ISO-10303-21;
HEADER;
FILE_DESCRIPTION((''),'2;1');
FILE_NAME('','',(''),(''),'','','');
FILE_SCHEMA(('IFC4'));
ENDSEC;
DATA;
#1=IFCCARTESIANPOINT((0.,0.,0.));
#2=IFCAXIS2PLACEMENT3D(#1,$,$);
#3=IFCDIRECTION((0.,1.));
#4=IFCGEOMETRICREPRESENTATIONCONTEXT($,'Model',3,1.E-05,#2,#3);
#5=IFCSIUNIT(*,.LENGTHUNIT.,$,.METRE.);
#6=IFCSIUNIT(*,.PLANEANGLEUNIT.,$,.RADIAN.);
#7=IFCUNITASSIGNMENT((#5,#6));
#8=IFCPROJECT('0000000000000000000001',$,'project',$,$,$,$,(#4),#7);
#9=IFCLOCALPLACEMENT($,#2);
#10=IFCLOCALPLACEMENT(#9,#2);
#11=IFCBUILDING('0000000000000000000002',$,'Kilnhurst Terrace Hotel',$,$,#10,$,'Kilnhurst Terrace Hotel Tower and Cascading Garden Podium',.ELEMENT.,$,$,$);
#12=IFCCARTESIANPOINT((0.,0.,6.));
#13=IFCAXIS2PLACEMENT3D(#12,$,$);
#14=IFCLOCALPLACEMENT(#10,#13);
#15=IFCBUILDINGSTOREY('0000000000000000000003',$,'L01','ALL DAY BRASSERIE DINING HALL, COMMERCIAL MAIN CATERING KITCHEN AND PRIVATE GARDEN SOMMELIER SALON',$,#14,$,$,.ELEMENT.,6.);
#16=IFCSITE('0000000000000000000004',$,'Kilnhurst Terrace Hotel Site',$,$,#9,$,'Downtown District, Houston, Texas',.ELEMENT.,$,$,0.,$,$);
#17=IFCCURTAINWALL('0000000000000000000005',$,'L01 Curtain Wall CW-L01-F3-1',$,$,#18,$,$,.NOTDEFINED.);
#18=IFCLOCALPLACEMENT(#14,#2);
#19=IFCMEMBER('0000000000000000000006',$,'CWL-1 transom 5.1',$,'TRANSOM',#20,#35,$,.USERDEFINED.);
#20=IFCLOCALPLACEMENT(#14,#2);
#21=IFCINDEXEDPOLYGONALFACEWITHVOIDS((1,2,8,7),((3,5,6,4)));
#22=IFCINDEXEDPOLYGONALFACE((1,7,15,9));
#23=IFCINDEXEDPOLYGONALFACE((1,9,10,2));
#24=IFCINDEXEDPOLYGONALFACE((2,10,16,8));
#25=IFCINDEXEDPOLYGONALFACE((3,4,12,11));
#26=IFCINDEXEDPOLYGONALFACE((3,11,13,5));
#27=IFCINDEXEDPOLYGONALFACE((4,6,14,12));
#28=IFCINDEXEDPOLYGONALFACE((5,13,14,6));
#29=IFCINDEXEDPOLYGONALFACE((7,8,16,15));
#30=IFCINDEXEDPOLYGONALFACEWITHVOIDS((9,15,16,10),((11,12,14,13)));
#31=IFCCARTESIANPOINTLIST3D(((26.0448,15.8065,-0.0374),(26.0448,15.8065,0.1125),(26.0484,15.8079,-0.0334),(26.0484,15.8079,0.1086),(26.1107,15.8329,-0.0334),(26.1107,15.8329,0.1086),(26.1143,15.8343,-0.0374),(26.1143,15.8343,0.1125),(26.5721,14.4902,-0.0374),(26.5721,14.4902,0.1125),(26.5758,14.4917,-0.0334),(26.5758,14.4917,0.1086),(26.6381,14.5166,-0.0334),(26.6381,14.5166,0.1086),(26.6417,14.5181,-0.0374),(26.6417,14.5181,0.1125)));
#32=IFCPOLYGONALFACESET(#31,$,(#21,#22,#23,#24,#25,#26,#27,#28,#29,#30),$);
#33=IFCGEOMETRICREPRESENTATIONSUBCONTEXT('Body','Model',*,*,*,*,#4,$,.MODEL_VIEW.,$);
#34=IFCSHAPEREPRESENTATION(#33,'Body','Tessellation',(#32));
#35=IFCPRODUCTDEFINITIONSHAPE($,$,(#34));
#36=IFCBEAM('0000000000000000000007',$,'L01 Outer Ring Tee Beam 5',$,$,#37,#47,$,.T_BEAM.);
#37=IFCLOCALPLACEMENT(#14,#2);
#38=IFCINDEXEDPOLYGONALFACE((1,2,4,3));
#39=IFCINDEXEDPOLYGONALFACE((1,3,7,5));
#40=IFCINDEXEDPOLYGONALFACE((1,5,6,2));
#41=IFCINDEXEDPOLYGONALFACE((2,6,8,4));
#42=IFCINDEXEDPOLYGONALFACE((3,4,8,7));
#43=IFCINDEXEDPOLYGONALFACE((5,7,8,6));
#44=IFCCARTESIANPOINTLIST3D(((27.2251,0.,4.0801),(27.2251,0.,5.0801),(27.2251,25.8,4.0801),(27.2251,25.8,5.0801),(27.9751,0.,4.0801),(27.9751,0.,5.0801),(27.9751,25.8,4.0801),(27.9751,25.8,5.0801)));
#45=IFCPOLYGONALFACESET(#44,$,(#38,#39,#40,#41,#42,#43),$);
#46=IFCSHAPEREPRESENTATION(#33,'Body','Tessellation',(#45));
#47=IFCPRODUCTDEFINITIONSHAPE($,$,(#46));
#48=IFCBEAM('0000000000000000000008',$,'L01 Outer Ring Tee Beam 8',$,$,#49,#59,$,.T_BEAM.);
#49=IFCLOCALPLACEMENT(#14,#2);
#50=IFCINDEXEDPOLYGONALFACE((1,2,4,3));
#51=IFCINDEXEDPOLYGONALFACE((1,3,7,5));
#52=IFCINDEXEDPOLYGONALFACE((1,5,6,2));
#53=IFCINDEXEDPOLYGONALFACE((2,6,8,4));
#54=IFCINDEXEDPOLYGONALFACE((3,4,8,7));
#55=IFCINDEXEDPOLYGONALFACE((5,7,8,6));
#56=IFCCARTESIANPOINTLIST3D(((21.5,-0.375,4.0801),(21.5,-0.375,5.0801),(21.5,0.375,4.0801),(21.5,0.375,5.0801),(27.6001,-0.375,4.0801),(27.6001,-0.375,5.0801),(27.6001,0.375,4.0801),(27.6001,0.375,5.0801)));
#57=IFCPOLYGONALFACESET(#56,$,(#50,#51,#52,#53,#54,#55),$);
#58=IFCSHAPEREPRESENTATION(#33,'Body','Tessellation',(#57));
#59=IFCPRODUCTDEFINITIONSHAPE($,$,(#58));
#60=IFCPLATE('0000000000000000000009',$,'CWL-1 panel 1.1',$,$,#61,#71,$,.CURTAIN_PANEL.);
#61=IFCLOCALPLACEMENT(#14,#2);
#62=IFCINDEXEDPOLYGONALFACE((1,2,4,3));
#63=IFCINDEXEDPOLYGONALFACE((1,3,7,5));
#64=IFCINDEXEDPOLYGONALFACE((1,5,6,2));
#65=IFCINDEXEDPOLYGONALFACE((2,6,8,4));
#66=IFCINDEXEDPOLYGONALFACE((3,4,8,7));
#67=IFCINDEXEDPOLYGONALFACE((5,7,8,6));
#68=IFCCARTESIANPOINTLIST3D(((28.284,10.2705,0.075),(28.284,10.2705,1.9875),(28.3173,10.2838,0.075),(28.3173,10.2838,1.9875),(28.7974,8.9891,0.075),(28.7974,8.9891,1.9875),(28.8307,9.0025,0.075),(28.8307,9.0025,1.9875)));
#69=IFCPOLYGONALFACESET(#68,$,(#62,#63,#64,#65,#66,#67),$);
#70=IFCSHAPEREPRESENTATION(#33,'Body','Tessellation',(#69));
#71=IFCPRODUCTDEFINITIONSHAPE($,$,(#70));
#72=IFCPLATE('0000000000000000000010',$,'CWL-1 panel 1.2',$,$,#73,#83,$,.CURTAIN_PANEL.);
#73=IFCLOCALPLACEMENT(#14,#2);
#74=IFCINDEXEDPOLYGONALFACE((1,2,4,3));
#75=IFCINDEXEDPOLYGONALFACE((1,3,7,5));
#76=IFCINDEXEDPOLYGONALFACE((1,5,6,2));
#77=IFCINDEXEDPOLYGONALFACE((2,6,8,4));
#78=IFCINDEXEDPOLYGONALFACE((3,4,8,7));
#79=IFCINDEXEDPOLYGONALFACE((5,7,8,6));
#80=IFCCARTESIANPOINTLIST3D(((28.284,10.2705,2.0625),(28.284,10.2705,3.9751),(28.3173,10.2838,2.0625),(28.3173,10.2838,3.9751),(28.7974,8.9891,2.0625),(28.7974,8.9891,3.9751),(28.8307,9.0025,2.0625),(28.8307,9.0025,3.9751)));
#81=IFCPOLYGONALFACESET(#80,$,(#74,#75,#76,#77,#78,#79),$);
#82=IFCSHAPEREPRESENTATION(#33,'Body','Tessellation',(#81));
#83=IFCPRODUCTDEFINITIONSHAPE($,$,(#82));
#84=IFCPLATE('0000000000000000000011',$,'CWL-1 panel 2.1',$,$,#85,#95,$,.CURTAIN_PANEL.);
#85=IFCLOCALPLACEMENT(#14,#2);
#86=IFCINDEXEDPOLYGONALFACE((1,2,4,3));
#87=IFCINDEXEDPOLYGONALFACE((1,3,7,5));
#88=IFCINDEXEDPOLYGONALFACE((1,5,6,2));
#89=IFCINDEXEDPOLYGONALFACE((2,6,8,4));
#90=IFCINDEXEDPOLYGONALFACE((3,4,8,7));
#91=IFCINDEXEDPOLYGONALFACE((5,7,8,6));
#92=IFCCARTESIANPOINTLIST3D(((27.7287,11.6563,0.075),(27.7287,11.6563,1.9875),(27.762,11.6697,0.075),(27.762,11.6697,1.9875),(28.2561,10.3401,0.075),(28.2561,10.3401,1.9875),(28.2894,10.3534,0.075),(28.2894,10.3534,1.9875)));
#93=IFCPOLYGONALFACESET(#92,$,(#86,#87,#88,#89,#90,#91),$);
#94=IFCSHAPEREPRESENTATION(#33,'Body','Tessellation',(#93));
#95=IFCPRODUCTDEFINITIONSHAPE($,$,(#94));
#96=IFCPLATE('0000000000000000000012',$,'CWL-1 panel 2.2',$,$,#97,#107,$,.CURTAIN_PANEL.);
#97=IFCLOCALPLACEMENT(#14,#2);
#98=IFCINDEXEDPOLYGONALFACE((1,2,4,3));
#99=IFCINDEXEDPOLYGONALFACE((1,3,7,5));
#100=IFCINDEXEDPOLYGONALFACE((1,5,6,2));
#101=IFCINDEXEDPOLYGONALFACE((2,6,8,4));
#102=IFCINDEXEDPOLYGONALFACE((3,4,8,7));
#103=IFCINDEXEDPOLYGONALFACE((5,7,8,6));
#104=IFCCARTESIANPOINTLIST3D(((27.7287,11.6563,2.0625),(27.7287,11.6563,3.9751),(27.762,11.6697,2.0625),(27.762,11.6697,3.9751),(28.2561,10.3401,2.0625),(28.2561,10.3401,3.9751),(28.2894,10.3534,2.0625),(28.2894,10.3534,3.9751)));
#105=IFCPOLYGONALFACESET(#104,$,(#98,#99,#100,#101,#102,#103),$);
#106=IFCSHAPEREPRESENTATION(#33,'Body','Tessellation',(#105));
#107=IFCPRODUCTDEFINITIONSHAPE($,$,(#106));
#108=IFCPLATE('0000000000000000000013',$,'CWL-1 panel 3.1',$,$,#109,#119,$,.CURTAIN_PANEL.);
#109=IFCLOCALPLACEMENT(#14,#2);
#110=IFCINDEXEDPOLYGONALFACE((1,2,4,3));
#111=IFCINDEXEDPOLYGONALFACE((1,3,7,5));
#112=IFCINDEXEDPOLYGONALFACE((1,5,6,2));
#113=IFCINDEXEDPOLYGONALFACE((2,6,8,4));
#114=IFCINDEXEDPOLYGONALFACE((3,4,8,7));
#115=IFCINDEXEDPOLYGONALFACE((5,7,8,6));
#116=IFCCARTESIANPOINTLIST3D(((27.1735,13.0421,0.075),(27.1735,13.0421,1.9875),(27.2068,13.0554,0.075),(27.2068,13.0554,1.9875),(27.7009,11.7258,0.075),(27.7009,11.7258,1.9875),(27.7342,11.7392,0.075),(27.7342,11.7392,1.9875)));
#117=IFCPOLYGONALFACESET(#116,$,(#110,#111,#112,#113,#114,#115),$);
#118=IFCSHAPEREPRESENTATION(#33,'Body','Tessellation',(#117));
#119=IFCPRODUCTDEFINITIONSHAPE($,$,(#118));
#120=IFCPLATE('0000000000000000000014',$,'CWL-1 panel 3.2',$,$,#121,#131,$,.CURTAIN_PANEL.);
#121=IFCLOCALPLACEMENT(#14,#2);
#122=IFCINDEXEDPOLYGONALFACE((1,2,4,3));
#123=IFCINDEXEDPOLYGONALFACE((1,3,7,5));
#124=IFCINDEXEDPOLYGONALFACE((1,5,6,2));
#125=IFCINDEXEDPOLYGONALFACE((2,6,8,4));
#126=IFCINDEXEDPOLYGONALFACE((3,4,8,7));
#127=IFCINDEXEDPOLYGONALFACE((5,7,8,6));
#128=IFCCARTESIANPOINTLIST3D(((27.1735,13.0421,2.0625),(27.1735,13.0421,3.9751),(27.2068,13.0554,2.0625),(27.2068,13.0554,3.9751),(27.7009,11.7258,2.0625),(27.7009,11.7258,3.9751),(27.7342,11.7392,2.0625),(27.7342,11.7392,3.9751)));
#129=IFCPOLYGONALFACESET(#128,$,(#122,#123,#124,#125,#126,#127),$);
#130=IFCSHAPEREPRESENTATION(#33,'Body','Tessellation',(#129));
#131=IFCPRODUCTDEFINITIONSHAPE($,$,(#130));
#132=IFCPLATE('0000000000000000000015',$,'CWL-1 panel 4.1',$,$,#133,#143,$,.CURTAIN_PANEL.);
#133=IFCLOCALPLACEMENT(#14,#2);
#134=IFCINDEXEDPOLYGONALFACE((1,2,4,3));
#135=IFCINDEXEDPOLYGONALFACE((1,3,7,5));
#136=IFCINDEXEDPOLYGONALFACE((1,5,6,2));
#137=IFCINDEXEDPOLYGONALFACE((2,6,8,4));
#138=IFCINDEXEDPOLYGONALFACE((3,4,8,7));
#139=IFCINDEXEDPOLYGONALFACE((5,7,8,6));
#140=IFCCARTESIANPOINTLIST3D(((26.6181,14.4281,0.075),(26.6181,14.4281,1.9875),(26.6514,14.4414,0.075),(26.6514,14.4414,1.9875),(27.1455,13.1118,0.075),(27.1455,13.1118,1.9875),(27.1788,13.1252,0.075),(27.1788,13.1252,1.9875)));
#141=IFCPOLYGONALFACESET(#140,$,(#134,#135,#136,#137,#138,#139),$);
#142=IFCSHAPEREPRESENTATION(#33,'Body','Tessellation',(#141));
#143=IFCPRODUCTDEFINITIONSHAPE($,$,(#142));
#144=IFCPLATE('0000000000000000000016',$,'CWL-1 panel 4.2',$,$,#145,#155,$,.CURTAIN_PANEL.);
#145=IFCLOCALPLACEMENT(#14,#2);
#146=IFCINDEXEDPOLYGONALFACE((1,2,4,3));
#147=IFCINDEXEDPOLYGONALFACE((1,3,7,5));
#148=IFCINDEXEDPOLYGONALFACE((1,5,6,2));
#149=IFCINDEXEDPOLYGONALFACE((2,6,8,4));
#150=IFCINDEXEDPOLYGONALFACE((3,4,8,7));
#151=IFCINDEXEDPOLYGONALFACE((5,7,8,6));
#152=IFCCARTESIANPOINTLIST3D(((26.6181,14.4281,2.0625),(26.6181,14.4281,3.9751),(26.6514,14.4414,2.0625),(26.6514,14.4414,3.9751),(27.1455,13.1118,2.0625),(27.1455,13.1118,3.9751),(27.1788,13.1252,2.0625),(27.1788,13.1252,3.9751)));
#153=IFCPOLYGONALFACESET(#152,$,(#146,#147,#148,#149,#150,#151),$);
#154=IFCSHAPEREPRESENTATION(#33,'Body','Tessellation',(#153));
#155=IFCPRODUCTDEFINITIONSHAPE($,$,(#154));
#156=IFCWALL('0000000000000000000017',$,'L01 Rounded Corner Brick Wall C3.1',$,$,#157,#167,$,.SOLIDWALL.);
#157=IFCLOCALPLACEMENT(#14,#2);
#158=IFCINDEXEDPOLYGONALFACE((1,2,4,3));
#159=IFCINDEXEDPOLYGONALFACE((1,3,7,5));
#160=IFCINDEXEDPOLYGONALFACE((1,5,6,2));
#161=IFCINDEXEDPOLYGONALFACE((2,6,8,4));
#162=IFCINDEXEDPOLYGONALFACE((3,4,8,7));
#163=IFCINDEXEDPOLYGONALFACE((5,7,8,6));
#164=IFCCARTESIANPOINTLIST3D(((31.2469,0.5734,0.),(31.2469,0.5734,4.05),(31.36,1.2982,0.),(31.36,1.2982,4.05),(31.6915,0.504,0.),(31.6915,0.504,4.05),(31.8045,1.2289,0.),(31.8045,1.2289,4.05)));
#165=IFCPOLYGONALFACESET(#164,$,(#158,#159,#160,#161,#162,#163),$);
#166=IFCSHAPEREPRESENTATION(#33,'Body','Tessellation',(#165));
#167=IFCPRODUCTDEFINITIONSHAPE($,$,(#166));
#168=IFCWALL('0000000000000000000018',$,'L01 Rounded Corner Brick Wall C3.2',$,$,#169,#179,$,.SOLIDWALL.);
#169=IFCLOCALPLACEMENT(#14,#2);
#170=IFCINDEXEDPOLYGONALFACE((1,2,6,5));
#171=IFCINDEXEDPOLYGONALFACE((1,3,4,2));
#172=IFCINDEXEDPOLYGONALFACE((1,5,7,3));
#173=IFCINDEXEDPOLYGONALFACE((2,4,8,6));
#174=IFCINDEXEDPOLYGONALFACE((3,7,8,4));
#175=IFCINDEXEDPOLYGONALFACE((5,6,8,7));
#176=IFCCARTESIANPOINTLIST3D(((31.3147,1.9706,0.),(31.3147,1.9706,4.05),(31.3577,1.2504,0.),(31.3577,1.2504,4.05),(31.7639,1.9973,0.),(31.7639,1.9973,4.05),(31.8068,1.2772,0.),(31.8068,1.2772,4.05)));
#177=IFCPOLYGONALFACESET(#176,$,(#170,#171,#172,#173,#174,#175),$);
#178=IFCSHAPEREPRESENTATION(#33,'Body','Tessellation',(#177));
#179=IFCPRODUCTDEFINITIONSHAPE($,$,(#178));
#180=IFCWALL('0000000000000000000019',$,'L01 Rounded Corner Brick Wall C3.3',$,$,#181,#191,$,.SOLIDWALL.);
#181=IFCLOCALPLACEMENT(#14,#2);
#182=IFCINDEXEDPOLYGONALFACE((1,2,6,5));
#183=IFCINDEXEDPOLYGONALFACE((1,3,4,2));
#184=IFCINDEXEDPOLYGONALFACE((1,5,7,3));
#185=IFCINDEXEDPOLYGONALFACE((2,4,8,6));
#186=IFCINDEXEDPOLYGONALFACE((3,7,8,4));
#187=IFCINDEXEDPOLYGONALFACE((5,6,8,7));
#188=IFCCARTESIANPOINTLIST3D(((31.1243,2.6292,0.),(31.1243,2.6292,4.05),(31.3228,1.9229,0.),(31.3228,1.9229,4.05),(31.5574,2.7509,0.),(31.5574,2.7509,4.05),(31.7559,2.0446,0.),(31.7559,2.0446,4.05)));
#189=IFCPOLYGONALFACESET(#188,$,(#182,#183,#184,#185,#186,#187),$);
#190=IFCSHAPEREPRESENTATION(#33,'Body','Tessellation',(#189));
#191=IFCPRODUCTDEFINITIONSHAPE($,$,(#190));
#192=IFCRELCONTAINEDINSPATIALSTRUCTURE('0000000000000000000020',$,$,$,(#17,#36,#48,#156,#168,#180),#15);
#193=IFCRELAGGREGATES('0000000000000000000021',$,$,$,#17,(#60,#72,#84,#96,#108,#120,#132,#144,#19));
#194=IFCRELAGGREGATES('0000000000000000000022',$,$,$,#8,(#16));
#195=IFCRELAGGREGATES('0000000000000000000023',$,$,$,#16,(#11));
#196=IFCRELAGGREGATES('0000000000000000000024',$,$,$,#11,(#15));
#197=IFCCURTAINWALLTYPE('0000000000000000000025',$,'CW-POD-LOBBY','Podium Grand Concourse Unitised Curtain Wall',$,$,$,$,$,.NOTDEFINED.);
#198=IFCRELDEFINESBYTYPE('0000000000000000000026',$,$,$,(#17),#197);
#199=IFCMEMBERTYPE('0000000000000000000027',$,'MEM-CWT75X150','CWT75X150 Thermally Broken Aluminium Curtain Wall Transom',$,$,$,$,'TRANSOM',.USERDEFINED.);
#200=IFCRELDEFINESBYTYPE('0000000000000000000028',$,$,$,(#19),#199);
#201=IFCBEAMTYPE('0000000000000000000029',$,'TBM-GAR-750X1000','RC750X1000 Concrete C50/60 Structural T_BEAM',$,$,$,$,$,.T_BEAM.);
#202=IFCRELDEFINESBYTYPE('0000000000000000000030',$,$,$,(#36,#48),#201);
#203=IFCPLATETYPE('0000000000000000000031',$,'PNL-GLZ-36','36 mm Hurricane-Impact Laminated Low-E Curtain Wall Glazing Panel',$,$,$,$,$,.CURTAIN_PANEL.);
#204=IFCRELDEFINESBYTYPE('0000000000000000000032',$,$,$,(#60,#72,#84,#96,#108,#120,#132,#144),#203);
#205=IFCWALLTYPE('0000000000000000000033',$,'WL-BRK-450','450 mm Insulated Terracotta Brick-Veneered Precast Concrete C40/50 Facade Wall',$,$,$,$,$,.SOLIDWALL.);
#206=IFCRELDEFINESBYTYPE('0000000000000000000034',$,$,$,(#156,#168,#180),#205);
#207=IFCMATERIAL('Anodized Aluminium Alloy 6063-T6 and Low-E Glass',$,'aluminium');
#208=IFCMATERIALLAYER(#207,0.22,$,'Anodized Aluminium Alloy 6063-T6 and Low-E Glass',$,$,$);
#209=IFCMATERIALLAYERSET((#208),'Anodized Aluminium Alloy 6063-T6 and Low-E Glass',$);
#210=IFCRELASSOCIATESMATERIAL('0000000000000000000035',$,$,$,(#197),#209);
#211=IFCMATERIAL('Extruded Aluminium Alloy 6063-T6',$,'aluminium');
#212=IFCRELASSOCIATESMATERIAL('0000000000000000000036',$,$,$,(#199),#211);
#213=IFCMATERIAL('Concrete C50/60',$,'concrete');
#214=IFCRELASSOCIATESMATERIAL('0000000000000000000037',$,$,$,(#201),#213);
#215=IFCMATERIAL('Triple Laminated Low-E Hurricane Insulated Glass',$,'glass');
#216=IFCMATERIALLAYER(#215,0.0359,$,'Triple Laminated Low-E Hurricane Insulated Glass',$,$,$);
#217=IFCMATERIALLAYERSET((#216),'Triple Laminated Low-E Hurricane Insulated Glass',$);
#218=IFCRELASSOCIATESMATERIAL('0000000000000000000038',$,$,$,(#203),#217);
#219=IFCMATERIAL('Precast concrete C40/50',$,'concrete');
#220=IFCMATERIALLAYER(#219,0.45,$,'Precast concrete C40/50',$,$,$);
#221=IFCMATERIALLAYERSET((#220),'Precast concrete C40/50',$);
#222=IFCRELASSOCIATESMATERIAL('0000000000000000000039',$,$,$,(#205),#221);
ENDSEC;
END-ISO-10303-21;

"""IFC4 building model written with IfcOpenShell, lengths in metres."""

from ifc_helpers import new_model, si_unit, direction, frame, frame_2d, origin, origin_2d, place, context, subcontext, project, spatial, rectangle, hollow_rectangle, extrude, material, layer, layer_set, material_profile, profile_set, type_object, element, aggregate, save


model = new_model("IFC4")

# Units and contexts
model_context = context("Model", 3, precision=1e-05, world=origin(), true_north=direction((0.0, 1.0)))
body_context = subcontext(model_context, "Body", "Model", "MODEL_VIEW")
ifc_project = project(units=[si_unit("LENGTHUNIT", "METRE"), si_unit("PLANEANGLEUNIT", "RADIAN")], contexts=[model_context])

# Site, building, storey
site_placement = place(None, origin())
site = spatial("IfcSite", under=ifc_project, at=site_placement, Name="Kilnhurst Terrace Hotel Site", LongName="Downtown District, Houston, Texas", CompositionType="ELEMENT", RefElevation=0.0)
building_placement = place(site_placement, origin())
building = spatial("IfcBuilding", under=site, at=building_placement, Name="Kilnhurst Terrace Hotel", LongName="Kilnhurst Terrace Hotel Tower and Cascading Garden Podium", CompositionType="ELEMENT")
storey_placement = place(building_placement, frame((0.0, 0.0, 6.0)))
storey = spatial("IfcBuildingStorey", under=building, at=storey_placement, Name="L01", Description="ALL DAY BRASSERIE DINING HALL, COMMERCIAL MAIN CATERING KITCHEN AND PRIVATE GARDEN SOMMELIER SALON", CompositionType="ELEMENT", Elevation=6.0)

# Curtain wall, member
ifc_material_1 = material(Name="Anodized Aluminium Alloy 6063-T6 and Low-E Glass", Category="aluminium")
ifc_layer_1 = layer(ifc_material_1, 0.22, Name="Anodized Aluminium Alloy 6063-T6 and Low-E Glass")
ifc_layer_set_1 = layer_set([ifc_layer_1], Name="Anodized Aluminium Alloy 6063-T6 and Low-E Glass")
curtain_wall_type = type_object("IfcCurtainWallType", Name="CW-POD-LOBBY", Description="Podium Grand Concourse Unitised Curtain Wall", PredefinedType="NOTDEFINED", material=ifc_layer_set_1)
curtain_wall_placement = place(storey_placement, origin())
curtain_wall = element("IfcCurtainWall", 1, at=curtain_wall_placement, inside=storey, type_object=curtain_wall_type, Name="L01 Curtain Wall CW-L01-F3-1", PredefinedType="NOTDEFINED")
ifc_material_2 = material(Name="Extruded Aluminium Alloy 6063-T6", Category="aluminium")
ifc_material_profile_1 = material_profile(ifc_material_2, hollow_rectangle(XDim=0.075, YDim=0.1499, WallThickness=0.0039, at=origin_2d()), Name="CWT75X150")
ifc_profile_set_1 = profile_set([ifc_material_profile_1], Name="Extruded Aluminium Alloy 6063-T6")
member_type_1 = type_object("IfcMemberType", Name="MEM-CWT75X150", Description="CWT75X150 Thermally Broken Aluminium Curtain Wall Transom", ElementType="TRANSOM", PredefinedType="USERDEFINED", material=ifc_profile_set_1)
member_1_placement = place(storey_placement, frame((26.6069, 14.5042, 0.0376), z_axis=(-0.371925, 0.928263, 0.0), x_axis=(-0.928263, -0.371925, 0.0)))
member_1 = element("IfcMember", 2, at=member_1_placement, type_object=member_type_1, Name="CWL-1 transom 5.1", ObjectType="TRANSOM", PredefinedType="USERDEFINED", context=body_context, shape_type="SweptSolid", body=[
    extrude(hollow_rectangle(XDim=0.075, YDim=0.1499, WallThickness=0.0039, at=origin_2d()), origin(), (0.0, 0.0, 1.0), 1.418),
])

# Beams
ifc_material_3 = material(Name="Concrete C50/60", Category="concrete")
ifc_material_profile_2 = material_profile(ifc_material_3, rectangle(XDim=0.75, YDim=1.0, at=origin_2d()), Name="RC750X1000")
ifc_profile_set_2 = profile_set([ifc_material_profile_2], Name="Concrete C50/60")
beam_type_1 = type_object("IfcBeamType", Name="TBM-GAR-750X1000", Description="RC750X1000 Concrete C50/60 Structural T_BEAM", PredefinedType="T_BEAM", material=ifc_profile_set_2)
beam_1_placement = place(storey_placement, frame((27.6001, 0.0, 4.5801), z_axis=(0.0, 1.0, 0.0), x_axis=(-1.0, 0.0, 0.0)))
element("IfcBeam", 3, at=beam_1_placement, inside=storey, type_object=beam_type_1, Name="L01 Outer Ring Tee Beam 5", PredefinedType="T_BEAM", context=body_context, shape_type="SweptSolid", body=[
    extrude(rectangle(XDim=0.75, YDim=1.0, at=origin_2d()), origin(), (0.0, 0.0, 1.0), 25.8),
])
beam_2_placement = place(storey_placement, frame((27.6001, 0.0, 4.5801), z_axis=(-1.0, 0.0, 0.0), x_axis=(0.0, -1.0, 0.0)))
element("IfcBeam", 4, at=beam_2_placement, inside=storey, type_object=beam_type_1, Name="L01 Outer Ring Tee Beam 8", PredefinedType="T_BEAM", context=body_context, shape_type="SweptSolid", body=[
    extrude(rectangle(XDim=0.75, YDim=1.0, at=origin_2d()), origin(), (0.0, 0.0, 1.0), 6.1001),
])

# Plates
ifc_material_4 = material(Name="Triple Laminated Low-E Hurricane Insulated Glass", Category="glass")
ifc_layer_2 = layer(ifc_material_4, 0.0359, Name="Triple Laminated Low-E Hurricane Insulated Glass")
ifc_layer_set_2 = layer_set([ifc_layer_2], Name="Triple Laminated Low-E Hurricane Insulated Glass")
plate_type = type_object("IfcPlateType", Name="PNL-GLZ-36", Description="36 mm Hurricane-Impact Laminated Low-E Curtain Wall Glazing Panel", PredefinedType="CURTAIN_PANEL", material=ifc_layer_set_2)
plate_1_placement = place(storey_placement, frame((28.5574, 9.6365, 0.075), z_axis=(0.0, 0.0, 1.0), x_axis=(-0.371955, 0.928251, 0.0)))
plate_1 = element("IfcPlate", 5, at=plate_1_placement, type_object=plate_type, Name="CWL-1 panel 1.1", PredefinedType="CURTAIN_PANEL", context=body_context, shape_type="SweptSolid", body=[
    extrude(rectangle(XDim=1.3804, YDim=0.0359, at=origin_2d()), origin(), (0.0, 0.0, 1.0), 1.9126),
])
plate_2_placement = place(storey_placement, frame((28.5574, 9.6365, 2.0625), z_axis=(0.0, 0.0, 1.0), x_axis=(-0.371955, 0.928251, 0.0)))
plate_2 = element("IfcPlate", 6, at=plate_2_placement, type_object=plate_type, Name="CWL-1 panel 1.2", PredefinedType="CURTAIN_PANEL", context=body_context, shape_type="SweptSolid", body=[
    extrude(rectangle(XDim=1.3804, YDim=0.0359, at=origin_2d()), origin(), (0.0, 0.0, 1.0), 1.9126),
])
plate_3_placement = place(storey_placement, frame((28.009, 11.0049, 0.075), z_axis=(0.0, 0.0, 1.0), x_axis=(-0.371955, 0.928251, 0.0)))
plate_3 = element("IfcPlate", 7, at=plate_3_placement, type_object=plate_type, Name="CWL-1 panel 2.1", PredefinedType="CURTAIN_PANEL", context=body_context, shape_type="SweptSolid", body=[
    extrude(rectangle(XDim=1.418, YDim=0.0359, at=origin_2d()), origin(), (0.0, 0.0, 1.0), 1.9126),
])
plate_4_placement = place(storey_placement, frame((28.009, 11.0049, 2.0625), z_axis=(0.0, 0.0, 1.0), x_axis=(-0.371955, 0.928251, 0.0)))
plate_4 = element("IfcPlate", 8, at=plate_4_placement, type_object=plate_type, Name="CWL-1 panel 2.2", PredefinedType="CURTAIN_PANEL", context=body_context, shape_type="SweptSolid", body=[
    extrude(rectangle(XDim=1.418, YDim=0.0359, at=origin_2d()), origin(), (0.0, 0.0, 1.0), 1.9126),
])
plate_5_placement = place(storey_placement, frame((27.4539, 12.3906, 0.075), z_axis=(0.0, 0.0, 1.0), x_axis=(-0.371955, 0.928251, 0.0)))
plate_5 = element("IfcPlate", 9, at=plate_5_placement, type_object=plate_type, Name="CWL-1 panel 3.1", PredefinedType="CURTAIN_PANEL", context=body_context, shape_type="SweptSolid", body=[
    extrude(rectangle(XDim=1.418, YDim=0.0359, at=origin_2d()), origin(), (0.0, 0.0, 1.0), 1.9126),
])
plate_6_placement = place(storey_placement, frame((27.4539, 12.3906, 2.0625), z_axis=(0.0, 0.0, 1.0), x_axis=(-0.371955, 0.928251, 0.0)))
plate_6 = element("IfcPlate", 10, at=plate_6_placement, type_object=plate_type, Name="CWL-1 panel 3.2", PredefinedType="CURTAIN_PANEL", context=body_context, shape_type="SweptSolid", body=[
    extrude(rectangle(XDim=1.418, YDim=0.0359, at=origin_2d()), origin(), (0.0, 0.0, 1.0), 1.9126),
])
plate_7_placement = place(storey_placement, frame((26.8984, 13.7766, 0.075), z_axis=(0.0, 0.0, 1.0), x_axis=(-0.371955, 0.928251, 0.0)))
plate_7 = element("IfcPlate", 11, at=plate_7_placement, type_object=plate_type, Name="CWL-1 panel 4.1", PredefinedType="CURTAIN_PANEL", context=body_context, shape_type="SweptSolid", body=[
    extrude(rectangle(XDim=1.418, YDim=0.0359, at=origin_2d()), origin(), (0.0, 0.0, 1.0), 1.9126),
])
plate_8_placement = place(storey_placement, frame((26.8984, 13.7766, 2.0625), z_axis=(0.0, 0.0, 1.0), x_axis=(-0.371955, 0.928251, 0.0)))
plate_8 = element("IfcPlate", 12, at=plate_8_placement, type_object=plate_type, Name="CWL-1 panel 4.2", PredefinedType="CURTAIN_PANEL", context=body_context, shape_type="SweptSolid", body=[
    extrude(rectangle(XDim=1.418, YDim=0.0359, at=origin_2d()), origin(), (0.0, 0.0, 1.0), 1.9126),
])
aggregate(curtain_wall, [plate_1, plate_2, plate_3, plate_4, plate_5, plate_6, plate_7, plate_8, member_1])

# Walls
ifc_material_5 = material(Name="Precast concrete C40/50", Category="concrete")
ifc_layer_3 = layer(ifc_material_5, 0.45, Name="Precast concrete C40/50")
ifc_layer_set_3 = layer_set([ifc_layer_3], Name="Precast concrete C40/50")
wall_type = type_object("IfcWallType", Name="WL-BRK-450", Description="450 mm Insulated Terracotta Brick-Veneered Precast Concrete C40/50 Facade Wall", PredefinedType="SOLIDWALL", material=ifc_layer_set_3)
wall_1_placement = place(storey_placement, frame((31.4692, 0.5388, 0.0), z_axis=(0.0, 0.0, 1.0), x_axis=(0.154082, 0.988058, 0.0)))
element("IfcWall", 13, at=wall_1_placement, inside=storey, type_object=wall_type, Name="L01 Rounded Corner Brick Wall C3.1", PredefinedType="SOLIDWALL", context=body_context, shape_type="SweptSolid", body=[
    extrude(rectangle(XDim=0.7336, YDim=0.45, at=frame_2d((0.3667, 0.0))), origin(), (0.0, 0.0, 1.0), 4.05),
])
wall_2_placement = place(storey_placement, frame((31.5823, 1.2637, 0.0), z_axis=(0.0, 0.0, 1.0), x_axis=(-0.059555, 0.998225, 0.0)))
element("IfcWall", 14, at=wall_2_placement, inside=storey, type_object=wall_type, Name="L01 Rounded Corner Brick Wall C3.2", PredefinedType="SOLIDWALL", context=body_context, shape_type="SweptSolid", body=[
    extrude(rectangle(XDim=0.7214, YDim=0.45, at=frame_2d((0.3608, 0.0))), origin(), (0.0, 0.0, 1.0), 4.05),
])
wall_3_placement = place(storey_placement, frame((31.5393, 1.9839, 0.0), z_axis=(0.0, 0.0, 1.0), x_axis=(-0.270543, 0.962708, 0.0)))
element("IfcWall", 15, at=wall_3_placement, inside=storey, type_object=wall_type, Name="L01 Rounded Corner Brick Wall C3.3", PredefinedType="SOLIDWALL", context=body_context, shape_type="SweptSolid", body=[
    extrude(rectangle(XDim=0.7336, YDim=0.45, at=frame_2d((0.3667, 0.0))), origin(), (0.0, 0.0, 1.0), 4.05),
])

save(model, "model.ifc")
